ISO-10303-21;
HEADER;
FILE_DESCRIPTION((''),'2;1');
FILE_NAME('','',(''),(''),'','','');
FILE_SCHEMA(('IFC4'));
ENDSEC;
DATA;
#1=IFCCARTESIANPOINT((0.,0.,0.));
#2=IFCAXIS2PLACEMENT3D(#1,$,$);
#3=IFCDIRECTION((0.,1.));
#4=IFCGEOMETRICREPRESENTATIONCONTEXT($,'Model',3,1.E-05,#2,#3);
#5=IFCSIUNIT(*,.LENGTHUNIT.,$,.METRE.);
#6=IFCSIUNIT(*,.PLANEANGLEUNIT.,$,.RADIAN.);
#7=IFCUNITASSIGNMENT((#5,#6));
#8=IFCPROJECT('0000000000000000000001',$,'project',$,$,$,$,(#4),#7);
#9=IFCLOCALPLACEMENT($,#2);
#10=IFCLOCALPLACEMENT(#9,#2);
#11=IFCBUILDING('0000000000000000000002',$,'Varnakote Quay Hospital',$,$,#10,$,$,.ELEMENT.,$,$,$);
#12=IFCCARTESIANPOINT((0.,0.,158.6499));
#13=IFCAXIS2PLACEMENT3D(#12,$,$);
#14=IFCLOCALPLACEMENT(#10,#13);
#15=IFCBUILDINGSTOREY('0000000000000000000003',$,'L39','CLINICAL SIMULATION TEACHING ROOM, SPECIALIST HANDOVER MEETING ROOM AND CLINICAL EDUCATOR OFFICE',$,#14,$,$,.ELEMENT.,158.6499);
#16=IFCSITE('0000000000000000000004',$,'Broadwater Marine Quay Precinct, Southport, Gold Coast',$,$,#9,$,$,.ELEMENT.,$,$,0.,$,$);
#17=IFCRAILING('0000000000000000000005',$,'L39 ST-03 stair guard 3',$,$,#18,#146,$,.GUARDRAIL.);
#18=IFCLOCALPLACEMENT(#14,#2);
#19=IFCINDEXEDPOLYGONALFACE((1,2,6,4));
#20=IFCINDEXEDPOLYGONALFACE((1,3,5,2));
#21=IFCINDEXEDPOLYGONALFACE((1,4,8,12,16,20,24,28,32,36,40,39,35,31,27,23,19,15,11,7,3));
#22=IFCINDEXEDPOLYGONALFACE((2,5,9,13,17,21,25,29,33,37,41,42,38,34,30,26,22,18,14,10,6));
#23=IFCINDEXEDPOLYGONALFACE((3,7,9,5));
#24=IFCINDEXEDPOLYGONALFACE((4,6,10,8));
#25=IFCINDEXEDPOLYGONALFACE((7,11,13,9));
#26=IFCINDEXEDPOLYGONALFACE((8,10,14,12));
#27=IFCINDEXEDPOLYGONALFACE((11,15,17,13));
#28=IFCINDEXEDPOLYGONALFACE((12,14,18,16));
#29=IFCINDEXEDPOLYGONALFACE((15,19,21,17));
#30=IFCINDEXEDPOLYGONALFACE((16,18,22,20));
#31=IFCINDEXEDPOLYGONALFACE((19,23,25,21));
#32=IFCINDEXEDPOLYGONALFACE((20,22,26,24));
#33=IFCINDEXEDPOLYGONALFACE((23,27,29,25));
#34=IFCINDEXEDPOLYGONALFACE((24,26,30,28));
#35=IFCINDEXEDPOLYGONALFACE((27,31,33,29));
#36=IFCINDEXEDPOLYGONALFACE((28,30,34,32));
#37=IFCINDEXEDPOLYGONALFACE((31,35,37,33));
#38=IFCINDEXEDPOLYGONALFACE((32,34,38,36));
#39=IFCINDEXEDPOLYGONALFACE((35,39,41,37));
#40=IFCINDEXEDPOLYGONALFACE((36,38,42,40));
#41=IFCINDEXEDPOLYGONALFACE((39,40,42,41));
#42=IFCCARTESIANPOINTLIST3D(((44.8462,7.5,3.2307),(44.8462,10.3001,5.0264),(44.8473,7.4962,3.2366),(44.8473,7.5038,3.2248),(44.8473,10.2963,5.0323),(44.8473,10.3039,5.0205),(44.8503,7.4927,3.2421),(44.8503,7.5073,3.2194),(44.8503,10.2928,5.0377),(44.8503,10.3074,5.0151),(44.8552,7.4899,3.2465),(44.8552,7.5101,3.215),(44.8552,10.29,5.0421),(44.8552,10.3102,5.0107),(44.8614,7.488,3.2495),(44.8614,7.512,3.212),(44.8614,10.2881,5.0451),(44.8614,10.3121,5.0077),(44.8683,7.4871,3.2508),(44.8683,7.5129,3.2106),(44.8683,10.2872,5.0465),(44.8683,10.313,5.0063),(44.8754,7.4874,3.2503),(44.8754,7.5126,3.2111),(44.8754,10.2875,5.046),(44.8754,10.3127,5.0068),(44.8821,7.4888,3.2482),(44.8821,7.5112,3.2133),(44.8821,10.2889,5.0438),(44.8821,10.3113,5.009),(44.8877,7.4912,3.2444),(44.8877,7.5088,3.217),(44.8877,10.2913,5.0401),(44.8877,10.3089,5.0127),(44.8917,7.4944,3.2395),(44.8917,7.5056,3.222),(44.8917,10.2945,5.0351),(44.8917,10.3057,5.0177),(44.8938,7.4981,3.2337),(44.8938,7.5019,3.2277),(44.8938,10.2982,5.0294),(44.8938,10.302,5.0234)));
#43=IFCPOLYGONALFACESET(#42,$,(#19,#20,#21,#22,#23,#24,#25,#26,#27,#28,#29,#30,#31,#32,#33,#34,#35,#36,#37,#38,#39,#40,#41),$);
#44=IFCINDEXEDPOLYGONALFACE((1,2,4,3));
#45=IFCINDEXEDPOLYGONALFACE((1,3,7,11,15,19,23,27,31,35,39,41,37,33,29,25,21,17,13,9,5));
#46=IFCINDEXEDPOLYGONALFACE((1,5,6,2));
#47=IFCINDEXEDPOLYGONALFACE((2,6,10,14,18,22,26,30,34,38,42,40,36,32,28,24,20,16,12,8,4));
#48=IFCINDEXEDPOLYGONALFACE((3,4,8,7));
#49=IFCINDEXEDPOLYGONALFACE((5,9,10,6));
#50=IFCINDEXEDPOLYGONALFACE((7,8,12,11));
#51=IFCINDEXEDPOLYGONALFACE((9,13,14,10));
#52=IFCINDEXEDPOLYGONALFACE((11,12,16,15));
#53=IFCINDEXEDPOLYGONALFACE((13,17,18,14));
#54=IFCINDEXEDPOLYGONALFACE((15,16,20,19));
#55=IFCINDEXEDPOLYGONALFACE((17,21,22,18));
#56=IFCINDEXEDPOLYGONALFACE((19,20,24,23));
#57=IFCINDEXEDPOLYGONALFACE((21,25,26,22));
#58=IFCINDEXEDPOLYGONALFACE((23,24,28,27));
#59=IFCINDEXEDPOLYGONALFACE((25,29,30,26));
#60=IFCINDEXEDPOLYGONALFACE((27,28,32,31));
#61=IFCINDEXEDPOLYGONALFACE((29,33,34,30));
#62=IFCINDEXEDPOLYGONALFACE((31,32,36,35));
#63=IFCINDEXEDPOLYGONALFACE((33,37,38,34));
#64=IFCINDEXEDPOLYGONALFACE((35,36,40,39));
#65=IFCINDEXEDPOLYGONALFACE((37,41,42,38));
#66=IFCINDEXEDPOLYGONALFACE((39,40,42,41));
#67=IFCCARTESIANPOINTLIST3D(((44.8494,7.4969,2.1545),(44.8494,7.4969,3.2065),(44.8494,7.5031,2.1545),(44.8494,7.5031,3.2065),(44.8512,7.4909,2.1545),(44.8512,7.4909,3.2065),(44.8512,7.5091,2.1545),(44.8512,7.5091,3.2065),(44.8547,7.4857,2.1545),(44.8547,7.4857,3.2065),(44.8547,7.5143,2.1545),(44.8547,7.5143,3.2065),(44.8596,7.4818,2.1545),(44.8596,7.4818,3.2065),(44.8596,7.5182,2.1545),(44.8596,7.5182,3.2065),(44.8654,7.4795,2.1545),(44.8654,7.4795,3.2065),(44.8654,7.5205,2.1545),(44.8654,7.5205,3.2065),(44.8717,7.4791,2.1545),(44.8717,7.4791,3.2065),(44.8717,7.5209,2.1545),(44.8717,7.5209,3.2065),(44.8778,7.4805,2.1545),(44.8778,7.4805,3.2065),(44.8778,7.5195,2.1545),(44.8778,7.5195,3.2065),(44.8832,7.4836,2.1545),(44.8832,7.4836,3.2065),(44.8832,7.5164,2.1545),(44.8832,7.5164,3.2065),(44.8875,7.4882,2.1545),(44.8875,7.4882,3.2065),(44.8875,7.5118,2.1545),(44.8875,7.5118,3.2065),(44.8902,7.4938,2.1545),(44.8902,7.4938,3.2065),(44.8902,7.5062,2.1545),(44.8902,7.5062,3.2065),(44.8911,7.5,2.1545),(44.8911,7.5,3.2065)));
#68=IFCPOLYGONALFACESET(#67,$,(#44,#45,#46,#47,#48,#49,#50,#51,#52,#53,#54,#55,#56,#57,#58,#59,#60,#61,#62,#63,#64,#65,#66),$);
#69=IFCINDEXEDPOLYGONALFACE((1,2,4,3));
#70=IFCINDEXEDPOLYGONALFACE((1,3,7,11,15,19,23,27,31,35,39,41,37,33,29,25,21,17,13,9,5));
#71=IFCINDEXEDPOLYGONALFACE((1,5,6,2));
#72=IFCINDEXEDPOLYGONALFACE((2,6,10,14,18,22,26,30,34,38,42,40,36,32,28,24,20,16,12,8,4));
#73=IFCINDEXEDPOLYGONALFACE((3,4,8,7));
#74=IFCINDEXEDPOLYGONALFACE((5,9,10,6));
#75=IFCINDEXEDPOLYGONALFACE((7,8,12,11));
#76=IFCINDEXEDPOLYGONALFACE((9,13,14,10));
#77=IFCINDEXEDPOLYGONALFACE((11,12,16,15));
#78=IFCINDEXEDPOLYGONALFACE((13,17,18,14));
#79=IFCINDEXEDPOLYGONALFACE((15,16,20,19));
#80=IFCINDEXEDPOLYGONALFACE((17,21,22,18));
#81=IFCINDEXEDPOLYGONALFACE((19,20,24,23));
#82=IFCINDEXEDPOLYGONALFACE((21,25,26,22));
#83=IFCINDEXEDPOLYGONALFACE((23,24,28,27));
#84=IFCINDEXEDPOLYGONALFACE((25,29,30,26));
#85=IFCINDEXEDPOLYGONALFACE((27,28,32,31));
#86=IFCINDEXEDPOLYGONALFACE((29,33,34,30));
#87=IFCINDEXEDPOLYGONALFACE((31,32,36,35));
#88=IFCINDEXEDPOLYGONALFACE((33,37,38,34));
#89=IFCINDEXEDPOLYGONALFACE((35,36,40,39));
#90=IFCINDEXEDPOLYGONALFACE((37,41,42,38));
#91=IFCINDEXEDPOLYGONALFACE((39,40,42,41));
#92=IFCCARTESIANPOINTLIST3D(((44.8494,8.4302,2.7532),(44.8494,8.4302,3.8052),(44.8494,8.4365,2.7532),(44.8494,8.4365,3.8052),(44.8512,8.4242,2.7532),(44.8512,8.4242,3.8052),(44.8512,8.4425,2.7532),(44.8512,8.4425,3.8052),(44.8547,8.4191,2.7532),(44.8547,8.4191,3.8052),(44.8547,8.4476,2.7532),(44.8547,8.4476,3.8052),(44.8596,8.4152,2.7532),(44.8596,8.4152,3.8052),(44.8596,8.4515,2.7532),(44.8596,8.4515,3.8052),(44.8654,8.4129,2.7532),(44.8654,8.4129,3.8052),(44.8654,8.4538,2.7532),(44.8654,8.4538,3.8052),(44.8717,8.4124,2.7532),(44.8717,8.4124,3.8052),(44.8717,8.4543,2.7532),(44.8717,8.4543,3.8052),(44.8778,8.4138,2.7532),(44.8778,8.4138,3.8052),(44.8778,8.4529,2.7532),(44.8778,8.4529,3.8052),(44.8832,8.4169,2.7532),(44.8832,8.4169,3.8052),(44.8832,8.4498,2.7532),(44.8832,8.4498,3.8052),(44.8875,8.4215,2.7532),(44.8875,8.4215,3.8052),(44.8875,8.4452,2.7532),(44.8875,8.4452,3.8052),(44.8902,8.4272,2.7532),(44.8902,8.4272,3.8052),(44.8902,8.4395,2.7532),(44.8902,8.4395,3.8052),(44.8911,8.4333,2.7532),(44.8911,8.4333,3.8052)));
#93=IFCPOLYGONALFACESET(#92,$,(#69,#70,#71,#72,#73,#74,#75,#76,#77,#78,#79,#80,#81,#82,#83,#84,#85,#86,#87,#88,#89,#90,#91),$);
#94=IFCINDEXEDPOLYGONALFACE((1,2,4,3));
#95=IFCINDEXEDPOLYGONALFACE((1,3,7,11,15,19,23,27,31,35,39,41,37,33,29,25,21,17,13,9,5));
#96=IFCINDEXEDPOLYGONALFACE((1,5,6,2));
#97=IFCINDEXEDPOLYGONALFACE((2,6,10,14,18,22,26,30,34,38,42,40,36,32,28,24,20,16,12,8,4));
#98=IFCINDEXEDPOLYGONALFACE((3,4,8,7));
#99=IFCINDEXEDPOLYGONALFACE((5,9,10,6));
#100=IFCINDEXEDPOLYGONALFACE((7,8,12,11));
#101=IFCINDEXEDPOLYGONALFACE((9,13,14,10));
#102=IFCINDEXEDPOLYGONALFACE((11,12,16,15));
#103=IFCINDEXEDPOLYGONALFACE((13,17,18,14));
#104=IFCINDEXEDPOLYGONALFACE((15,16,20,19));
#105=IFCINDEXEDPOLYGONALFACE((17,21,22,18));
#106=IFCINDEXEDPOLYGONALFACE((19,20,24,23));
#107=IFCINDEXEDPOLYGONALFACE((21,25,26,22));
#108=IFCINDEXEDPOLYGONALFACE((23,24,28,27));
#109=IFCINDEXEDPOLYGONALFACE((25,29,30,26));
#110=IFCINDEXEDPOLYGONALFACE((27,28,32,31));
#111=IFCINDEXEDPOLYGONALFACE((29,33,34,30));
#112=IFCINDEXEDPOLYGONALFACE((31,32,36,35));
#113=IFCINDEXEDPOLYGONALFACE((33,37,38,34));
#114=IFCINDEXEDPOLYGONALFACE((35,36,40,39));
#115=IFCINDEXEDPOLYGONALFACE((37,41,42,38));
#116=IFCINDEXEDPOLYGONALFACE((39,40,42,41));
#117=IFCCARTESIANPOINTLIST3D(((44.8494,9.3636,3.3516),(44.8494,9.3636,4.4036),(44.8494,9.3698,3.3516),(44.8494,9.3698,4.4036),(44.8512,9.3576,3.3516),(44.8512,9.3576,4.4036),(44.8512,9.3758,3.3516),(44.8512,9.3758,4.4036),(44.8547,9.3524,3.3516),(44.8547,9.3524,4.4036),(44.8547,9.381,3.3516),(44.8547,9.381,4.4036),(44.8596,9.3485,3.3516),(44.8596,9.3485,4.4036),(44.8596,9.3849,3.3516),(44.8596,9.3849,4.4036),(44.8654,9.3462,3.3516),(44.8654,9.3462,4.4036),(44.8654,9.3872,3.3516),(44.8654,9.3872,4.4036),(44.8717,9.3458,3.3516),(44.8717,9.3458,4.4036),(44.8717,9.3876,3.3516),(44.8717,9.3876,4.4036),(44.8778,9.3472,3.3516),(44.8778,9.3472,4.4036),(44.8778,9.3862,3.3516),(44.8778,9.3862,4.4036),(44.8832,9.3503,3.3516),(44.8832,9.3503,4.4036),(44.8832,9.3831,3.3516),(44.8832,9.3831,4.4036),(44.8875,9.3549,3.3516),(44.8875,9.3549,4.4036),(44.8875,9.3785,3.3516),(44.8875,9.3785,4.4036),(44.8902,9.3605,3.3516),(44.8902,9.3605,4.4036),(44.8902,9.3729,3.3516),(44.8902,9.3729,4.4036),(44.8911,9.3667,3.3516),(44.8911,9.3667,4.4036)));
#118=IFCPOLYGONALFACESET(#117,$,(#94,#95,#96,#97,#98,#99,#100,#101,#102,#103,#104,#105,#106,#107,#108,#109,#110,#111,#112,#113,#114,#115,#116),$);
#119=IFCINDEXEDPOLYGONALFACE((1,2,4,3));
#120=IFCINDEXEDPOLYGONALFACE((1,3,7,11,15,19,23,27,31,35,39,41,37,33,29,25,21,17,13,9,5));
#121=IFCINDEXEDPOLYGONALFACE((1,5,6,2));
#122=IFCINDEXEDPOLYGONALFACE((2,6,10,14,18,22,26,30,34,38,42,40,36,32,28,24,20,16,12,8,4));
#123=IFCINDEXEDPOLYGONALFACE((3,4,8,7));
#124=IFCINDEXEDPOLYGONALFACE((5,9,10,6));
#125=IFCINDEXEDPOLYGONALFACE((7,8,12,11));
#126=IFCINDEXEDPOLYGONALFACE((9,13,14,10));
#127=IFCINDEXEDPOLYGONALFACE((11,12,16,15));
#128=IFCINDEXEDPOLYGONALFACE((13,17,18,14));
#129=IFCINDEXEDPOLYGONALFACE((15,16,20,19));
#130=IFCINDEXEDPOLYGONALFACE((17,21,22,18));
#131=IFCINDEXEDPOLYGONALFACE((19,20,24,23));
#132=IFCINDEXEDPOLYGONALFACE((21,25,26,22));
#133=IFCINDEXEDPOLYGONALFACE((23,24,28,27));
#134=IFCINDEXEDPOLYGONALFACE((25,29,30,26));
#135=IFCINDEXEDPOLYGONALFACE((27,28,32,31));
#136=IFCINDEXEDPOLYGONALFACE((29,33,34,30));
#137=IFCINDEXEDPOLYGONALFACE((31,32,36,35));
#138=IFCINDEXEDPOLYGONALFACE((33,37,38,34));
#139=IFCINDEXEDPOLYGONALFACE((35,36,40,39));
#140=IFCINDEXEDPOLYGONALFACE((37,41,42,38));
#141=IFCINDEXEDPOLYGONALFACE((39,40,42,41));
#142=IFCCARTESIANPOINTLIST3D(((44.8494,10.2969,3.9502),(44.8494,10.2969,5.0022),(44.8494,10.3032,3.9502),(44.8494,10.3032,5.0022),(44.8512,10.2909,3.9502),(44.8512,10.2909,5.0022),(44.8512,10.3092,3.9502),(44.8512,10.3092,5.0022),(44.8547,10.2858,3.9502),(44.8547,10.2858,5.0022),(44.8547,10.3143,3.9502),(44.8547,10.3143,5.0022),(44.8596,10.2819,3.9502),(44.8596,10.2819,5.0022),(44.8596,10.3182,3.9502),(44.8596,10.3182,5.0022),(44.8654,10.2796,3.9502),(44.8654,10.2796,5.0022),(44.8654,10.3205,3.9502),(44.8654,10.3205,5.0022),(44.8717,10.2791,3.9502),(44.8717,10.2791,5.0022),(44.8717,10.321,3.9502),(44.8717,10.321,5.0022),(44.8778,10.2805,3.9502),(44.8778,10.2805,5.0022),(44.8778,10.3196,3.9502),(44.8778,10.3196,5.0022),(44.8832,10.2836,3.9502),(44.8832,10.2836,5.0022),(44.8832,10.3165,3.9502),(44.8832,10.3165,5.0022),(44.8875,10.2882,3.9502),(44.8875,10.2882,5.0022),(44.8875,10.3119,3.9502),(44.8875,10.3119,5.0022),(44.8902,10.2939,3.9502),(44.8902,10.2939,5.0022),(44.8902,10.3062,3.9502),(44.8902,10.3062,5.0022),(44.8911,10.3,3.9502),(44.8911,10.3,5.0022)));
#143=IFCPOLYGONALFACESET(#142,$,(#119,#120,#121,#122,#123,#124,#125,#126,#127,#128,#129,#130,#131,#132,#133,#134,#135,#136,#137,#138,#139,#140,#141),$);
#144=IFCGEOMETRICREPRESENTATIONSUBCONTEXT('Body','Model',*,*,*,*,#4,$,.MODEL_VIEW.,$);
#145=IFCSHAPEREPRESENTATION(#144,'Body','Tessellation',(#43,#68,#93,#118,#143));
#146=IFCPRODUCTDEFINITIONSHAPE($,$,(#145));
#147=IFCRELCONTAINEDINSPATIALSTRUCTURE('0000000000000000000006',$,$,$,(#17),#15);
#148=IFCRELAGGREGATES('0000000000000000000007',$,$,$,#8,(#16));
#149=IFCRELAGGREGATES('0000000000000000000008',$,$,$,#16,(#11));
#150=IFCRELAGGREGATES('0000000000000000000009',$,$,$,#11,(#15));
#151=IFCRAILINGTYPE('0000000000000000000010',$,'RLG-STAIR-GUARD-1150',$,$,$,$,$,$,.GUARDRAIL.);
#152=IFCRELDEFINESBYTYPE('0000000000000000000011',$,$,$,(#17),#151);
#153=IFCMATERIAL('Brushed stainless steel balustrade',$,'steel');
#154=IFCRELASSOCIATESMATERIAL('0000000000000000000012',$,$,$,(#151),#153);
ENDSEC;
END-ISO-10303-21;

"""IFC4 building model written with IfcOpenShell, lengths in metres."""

from ifc_helpers import new_model, si_unit, direction, frame, origin, origin_2d, place, context, subcontext, project, spatial, circle, extrude, material, type_object, element, save


model = new_model("IFC4")

# Units and contexts
model_context = context("Model", 3, precision=1e-05, world=origin(), true_north=direction((0.0, 1.0)))
body_context = subcontext(model_context, "Body", "Model", "MODEL_VIEW")
ifc_project = project(units=[si_unit("LENGTHUNIT", "METRE"), si_unit("PLANEANGLEUNIT", "RADIAN")], contexts=[model_context])

# Site, building, storey
site_placement = place(None, origin())
site = spatial("IfcSite", under=ifc_project, at=site_placement, Name="Broadwater Marine Quay Precinct, Southport, Gold Coast", CompositionType="ELEMENT", RefElevation=0.0)
building_placement = place(site_placement, origin())
building = spatial("IfcBuilding", under=site, at=building_placement, Name="Varnakote Quay Hospital", CompositionType="ELEMENT")
storey_placement = place(building_placement, frame((0.0, 0.0, 158.6499)))
storey = spatial("IfcBuildingStorey", under=building, at=storey_placement, Name="L39", Description="CLINICAL SIMULATION TEACHING ROOM, SPECIALIST HANDOVER MEETING ROOM AND CLINICAL EDUCATOR OFFICE", CompositionType="ELEMENT", Elevation=158.6499)

# Railing
ifc_material_1 = material(Name="Brushed stainless steel balustrade", Category="steel")
railing_type_1 = type_object("IfcRailingType", Name="RLG-STAIR-GUARD-1150", PredefinedType="GUARDRAIL", material=ifc_material_1)
railing_1_placement = place(storey_placement, frame((44.8701, 7.5, 2.1545)))
element("IfcRailing", 1, at=railing_1_placement, inside=storey, type_object=railing_type_1, Name="L39 ST-03 stair guard 3", PredefinedType="GUARDRAIL", context=body_context, shape_type="SweptSolid", body=[
    extrude(circle(Radius=0.0239, at=origin_2d()), frame((0.0, 0.0, 1.0762), z_axis=(0.0, 0.841777, 0.539826), x_axis=(-1.0, 0.0, 0.0)), (0.0, 0.0, 1.0), 3.3264),
    extrude(circle(Radius=0.021, at=origin_2d()), origin(), (0.0, 0.0, 1.0), 1.052),
    extrude(circle(Radius=0.021, at=origin_2d()), frame((0.0, 0.9333, 0.5986)), (0.0, 0.0, 1.0), 1.052),
    extrude(circle(Radius=0.021, at=origin_2d()), frame((0.0, 1.8667, 1.197)), (0.0, 0.0, 1.0), 1.052),
    extrude(circle(Radius=0.021, at=origin_2d()), frame((0.0, 2.8, 1.7957)), (0.0, 0.0, 1.0), 1.052),
])

save(model, "model.ifc")
